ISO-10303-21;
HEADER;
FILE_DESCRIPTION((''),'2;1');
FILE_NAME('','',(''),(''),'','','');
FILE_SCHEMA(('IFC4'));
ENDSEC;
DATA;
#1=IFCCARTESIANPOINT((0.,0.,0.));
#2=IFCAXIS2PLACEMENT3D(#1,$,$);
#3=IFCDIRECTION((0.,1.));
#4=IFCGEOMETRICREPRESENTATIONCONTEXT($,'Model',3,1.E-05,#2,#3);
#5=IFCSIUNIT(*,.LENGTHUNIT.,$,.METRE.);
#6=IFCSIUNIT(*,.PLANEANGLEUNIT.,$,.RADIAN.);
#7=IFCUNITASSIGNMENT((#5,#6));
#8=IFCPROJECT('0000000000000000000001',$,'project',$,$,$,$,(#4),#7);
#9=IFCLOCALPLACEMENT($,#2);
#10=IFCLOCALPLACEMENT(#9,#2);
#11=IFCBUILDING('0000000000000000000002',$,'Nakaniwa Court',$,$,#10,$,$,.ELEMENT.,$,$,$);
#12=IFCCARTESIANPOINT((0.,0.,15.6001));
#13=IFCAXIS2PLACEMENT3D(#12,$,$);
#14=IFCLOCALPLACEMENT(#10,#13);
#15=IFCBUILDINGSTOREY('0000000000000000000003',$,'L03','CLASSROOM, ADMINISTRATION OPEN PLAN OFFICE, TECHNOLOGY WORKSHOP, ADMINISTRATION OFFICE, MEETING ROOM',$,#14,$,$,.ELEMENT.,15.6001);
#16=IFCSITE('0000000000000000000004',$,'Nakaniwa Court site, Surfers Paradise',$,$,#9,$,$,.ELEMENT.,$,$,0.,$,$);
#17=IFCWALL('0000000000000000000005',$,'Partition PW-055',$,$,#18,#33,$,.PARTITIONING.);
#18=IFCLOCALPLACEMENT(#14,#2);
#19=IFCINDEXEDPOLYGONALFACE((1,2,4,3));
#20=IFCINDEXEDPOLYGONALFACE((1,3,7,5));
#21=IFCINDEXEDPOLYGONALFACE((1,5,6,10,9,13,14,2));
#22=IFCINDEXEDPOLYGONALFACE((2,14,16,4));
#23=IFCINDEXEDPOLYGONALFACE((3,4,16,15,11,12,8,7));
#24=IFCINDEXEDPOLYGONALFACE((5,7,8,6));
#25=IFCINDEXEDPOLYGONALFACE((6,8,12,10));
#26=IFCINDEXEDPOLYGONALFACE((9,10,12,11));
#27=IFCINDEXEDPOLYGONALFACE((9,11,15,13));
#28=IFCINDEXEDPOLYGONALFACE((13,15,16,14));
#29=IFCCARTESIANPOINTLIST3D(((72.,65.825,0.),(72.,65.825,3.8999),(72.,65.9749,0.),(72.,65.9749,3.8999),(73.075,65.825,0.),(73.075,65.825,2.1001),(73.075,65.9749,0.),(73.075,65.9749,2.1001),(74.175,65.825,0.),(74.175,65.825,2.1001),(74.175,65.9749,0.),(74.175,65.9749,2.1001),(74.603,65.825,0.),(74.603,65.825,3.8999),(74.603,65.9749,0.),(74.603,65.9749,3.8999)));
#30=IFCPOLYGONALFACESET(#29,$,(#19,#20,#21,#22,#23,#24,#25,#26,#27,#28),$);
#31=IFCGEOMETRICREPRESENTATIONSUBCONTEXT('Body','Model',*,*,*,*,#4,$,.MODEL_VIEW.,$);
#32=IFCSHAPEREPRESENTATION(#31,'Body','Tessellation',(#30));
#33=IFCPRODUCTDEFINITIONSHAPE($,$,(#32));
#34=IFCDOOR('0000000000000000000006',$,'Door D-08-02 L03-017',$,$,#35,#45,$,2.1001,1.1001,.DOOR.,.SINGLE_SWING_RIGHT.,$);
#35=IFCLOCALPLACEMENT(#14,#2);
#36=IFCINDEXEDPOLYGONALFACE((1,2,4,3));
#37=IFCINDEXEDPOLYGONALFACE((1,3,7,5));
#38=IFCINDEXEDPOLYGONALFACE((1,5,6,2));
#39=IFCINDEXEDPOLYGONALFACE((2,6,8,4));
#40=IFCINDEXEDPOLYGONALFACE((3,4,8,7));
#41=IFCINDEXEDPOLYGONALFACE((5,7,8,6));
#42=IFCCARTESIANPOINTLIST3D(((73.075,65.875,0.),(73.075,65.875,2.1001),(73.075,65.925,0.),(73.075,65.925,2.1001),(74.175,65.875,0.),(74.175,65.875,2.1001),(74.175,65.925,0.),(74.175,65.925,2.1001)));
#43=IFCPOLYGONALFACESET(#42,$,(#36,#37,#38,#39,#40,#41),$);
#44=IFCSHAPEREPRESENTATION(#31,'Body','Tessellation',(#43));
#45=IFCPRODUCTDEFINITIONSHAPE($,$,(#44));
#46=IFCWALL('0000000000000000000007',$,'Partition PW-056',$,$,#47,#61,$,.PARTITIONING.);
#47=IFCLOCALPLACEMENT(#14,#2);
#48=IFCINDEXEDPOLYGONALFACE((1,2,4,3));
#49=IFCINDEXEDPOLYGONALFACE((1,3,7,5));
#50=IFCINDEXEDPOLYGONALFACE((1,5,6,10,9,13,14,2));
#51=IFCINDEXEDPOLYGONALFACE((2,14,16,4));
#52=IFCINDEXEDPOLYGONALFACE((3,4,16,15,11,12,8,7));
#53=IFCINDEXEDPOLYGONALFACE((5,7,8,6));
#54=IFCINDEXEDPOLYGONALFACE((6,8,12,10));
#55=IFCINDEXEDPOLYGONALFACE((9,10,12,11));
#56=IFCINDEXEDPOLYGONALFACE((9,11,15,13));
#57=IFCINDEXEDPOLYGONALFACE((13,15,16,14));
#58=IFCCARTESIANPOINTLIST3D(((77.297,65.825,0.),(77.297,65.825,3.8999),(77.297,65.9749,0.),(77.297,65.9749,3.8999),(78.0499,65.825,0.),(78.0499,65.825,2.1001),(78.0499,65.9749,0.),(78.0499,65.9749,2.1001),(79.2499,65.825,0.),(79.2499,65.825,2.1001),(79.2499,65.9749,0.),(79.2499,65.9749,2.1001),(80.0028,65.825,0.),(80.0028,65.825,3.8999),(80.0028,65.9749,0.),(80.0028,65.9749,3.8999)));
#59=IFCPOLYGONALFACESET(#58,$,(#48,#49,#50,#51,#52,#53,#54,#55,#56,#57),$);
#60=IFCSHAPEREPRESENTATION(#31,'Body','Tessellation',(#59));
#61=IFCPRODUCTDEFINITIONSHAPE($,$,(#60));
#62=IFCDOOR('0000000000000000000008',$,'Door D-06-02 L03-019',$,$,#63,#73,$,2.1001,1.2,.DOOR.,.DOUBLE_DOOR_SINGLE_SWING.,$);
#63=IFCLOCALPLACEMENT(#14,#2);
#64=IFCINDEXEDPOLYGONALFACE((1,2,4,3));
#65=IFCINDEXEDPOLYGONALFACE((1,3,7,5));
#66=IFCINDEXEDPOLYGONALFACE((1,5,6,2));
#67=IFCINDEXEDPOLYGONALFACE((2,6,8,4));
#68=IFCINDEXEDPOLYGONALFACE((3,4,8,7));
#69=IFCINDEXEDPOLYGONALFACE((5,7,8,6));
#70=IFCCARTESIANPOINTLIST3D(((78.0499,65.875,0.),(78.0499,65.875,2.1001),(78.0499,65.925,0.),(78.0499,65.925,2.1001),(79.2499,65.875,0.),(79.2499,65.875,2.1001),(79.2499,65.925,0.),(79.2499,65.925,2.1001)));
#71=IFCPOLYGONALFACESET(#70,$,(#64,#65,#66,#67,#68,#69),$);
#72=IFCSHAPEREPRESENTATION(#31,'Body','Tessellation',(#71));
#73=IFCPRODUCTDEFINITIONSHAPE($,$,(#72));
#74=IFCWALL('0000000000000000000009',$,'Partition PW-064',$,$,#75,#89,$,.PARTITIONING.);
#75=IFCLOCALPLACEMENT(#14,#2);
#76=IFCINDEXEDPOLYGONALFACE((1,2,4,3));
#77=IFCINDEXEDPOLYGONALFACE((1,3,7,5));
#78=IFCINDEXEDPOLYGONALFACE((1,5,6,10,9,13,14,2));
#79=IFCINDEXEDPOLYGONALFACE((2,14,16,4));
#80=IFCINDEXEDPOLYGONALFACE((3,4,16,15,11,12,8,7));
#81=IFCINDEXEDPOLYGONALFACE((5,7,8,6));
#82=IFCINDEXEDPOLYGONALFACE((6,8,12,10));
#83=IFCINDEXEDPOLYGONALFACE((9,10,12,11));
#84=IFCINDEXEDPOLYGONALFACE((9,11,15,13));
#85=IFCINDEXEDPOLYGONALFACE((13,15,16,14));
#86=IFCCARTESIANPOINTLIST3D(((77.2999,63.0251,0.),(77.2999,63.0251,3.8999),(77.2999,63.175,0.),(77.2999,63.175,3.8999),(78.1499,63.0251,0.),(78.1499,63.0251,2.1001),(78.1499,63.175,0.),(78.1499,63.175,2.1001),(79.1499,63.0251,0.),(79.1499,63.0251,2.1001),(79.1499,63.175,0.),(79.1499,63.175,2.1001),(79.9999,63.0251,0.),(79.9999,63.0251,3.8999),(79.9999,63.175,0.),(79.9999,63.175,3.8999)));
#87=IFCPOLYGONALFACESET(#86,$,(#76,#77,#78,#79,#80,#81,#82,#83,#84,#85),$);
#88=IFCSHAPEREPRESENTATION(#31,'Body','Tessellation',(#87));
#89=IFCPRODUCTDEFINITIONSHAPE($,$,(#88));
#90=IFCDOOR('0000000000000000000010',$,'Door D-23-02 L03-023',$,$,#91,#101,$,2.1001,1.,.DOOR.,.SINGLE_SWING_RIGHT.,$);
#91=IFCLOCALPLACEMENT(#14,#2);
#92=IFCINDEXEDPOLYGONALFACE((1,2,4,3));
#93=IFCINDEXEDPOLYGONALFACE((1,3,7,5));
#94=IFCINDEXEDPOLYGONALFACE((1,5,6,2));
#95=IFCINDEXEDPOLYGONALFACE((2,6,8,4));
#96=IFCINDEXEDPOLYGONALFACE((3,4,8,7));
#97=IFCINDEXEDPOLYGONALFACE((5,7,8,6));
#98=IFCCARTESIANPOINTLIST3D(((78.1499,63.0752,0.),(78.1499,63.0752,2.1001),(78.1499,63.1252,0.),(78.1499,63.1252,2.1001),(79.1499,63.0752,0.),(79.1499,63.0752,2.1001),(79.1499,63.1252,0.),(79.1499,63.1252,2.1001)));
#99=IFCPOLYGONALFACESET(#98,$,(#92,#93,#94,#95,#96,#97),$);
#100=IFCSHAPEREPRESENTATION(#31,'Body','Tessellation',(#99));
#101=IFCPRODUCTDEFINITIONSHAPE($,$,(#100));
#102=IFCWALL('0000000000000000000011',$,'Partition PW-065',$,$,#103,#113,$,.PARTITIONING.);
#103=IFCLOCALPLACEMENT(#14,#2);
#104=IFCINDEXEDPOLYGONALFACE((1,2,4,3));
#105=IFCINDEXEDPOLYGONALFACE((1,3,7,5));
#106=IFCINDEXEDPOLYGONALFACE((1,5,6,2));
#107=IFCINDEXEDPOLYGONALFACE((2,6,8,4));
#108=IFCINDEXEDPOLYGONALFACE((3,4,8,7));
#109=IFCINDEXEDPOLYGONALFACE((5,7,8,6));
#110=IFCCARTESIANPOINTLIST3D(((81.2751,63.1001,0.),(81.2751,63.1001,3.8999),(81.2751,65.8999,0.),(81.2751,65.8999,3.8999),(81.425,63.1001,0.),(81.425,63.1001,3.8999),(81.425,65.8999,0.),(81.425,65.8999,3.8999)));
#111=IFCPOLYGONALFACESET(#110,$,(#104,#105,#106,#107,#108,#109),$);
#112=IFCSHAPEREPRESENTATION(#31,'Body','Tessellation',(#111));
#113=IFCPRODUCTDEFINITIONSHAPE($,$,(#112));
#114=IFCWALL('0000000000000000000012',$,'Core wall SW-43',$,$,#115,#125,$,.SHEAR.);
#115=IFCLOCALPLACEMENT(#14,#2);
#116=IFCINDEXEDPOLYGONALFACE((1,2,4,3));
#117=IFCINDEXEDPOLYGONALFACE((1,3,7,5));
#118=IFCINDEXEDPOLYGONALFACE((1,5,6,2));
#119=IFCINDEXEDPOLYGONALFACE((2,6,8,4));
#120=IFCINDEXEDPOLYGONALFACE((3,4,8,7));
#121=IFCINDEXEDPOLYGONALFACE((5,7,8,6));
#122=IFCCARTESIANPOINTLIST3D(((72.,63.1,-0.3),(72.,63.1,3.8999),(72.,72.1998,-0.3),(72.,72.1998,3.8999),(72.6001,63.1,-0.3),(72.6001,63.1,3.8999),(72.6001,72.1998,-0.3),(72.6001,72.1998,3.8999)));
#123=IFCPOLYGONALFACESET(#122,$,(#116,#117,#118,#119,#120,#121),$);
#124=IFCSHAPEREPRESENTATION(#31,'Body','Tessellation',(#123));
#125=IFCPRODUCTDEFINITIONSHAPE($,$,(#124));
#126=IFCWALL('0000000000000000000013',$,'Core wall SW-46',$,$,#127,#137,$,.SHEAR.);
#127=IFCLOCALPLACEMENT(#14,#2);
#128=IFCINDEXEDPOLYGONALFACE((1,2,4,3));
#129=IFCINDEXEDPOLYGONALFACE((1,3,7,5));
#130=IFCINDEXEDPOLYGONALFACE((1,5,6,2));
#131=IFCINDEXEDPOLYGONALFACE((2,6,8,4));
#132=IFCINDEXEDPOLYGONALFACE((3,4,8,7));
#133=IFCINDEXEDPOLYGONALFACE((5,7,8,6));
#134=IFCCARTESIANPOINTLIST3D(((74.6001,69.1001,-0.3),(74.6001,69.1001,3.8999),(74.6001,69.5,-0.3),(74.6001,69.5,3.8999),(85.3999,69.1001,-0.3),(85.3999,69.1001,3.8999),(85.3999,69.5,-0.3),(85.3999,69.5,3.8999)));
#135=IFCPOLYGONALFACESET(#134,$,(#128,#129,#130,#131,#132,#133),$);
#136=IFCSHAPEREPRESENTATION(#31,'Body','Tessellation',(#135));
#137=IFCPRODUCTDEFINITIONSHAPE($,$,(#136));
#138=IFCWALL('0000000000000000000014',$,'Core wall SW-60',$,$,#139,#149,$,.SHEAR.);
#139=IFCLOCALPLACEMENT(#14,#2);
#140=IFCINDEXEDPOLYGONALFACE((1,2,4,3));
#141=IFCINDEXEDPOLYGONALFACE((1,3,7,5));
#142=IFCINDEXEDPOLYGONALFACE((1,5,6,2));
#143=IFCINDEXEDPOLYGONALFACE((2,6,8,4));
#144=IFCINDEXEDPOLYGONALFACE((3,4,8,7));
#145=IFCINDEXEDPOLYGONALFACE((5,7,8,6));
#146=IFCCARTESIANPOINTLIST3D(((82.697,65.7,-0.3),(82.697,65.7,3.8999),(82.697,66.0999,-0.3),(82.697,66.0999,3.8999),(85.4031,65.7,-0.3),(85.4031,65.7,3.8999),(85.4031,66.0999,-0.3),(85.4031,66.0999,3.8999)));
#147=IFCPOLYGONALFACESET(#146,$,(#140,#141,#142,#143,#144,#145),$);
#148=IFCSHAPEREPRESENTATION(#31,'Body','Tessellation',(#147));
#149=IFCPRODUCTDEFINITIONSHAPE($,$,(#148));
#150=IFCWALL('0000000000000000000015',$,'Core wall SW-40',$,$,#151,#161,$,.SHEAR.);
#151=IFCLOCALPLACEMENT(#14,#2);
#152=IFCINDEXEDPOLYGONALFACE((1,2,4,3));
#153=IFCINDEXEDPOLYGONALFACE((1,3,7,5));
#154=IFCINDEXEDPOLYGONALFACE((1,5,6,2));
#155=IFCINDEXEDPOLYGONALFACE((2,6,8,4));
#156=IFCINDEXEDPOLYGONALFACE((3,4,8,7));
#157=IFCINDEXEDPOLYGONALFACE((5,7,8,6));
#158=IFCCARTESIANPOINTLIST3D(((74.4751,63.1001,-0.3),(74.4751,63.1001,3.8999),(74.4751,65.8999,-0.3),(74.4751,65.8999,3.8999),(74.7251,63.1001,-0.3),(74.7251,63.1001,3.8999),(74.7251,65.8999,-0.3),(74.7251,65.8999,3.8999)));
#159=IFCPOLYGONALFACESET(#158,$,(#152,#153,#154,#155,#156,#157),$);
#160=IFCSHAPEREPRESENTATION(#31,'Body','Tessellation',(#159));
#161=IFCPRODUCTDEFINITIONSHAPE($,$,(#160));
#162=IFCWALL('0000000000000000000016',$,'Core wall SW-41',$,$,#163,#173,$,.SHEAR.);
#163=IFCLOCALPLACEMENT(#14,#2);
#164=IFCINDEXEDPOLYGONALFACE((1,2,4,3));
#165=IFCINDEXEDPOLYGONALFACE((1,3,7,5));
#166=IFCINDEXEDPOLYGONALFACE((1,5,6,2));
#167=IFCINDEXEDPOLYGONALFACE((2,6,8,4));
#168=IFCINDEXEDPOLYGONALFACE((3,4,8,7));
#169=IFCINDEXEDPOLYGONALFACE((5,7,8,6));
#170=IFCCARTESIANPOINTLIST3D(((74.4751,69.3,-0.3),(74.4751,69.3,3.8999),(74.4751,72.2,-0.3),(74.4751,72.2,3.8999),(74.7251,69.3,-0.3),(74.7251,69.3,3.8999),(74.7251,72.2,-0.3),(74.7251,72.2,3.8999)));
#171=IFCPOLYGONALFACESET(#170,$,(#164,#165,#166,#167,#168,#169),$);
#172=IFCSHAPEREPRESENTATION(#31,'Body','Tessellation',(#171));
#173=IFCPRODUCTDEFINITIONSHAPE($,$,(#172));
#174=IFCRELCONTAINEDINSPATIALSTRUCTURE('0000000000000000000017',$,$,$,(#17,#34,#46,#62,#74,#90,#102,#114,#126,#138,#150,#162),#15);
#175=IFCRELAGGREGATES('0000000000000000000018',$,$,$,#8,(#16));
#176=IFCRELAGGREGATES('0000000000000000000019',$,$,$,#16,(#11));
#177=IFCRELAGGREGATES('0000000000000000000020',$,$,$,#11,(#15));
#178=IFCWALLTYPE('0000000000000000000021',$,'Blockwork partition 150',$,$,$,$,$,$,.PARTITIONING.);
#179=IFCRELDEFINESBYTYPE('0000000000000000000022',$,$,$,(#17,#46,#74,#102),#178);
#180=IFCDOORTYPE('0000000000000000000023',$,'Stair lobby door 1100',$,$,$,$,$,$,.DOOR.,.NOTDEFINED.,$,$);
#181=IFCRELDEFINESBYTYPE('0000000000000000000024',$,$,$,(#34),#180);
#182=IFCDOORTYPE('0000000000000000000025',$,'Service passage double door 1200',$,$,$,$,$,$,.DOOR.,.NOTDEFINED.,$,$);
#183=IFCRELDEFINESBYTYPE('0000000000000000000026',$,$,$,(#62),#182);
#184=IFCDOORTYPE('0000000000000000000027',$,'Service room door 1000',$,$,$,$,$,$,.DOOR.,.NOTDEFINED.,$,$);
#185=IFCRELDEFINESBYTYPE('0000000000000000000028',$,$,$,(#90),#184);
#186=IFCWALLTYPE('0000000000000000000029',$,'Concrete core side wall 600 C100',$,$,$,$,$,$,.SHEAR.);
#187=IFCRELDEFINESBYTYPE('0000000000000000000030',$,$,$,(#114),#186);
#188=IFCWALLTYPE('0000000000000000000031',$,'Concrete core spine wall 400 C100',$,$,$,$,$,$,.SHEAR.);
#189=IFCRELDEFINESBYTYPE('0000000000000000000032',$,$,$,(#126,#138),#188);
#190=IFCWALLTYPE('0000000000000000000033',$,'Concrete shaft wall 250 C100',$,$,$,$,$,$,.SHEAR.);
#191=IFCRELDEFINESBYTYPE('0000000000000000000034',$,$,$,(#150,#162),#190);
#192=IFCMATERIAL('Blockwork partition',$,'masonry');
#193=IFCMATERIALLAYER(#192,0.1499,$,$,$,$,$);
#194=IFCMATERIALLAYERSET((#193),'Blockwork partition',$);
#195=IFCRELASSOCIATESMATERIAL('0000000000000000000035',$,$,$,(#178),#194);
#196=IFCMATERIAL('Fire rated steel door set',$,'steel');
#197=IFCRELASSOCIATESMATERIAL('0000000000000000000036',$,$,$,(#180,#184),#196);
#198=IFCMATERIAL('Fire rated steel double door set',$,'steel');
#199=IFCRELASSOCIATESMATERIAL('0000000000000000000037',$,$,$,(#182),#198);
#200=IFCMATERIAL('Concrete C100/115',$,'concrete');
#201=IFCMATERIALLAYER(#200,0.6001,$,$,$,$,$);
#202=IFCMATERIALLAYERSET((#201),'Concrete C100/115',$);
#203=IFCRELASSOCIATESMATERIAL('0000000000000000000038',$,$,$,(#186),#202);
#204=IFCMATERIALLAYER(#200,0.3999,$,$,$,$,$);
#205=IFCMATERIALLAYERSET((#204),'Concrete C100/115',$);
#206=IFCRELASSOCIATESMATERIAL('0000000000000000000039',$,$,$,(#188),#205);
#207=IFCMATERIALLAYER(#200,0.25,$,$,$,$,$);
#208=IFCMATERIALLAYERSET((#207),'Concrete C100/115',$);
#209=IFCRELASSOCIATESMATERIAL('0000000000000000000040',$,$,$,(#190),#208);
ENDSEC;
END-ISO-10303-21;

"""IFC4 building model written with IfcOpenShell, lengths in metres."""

from ifc_helpers import new_model, si_unit, direction, frame, frame_2d, origin, place, context, subcontext, project, spatial, rectangle, extrude, material, layer, layer_set, type_object, element, fill, save


model = new_model("IFC4")

# Units and contexts
model_context = context("Model", 3, precision=1e-05, world=origin(), true_north=direction((0.0, 1.0)))
body_context = subcontext(model_context, "Body", "Model", "MODEL_VIEW")
ifc_project = project(units=[si_unit("LENGTHUNIT", "METRE"), si_unit("PLANEANGLEUNIT", "RADIAN")], contexts=[model_context])

# Site, building, storey
site_placement = place(None, origin())
site = spatial("IfcSite", under=ifc_project, at=site_placement, Name="Nakaniwa Court site, Surfers Paradise", CompositionType="ELEMENT", RefElevation=0.0)
building_placement = place(site_placement, origin())
building = spatial("IfcBuilding", under=site, at=building_placement, Name="Nakaniwa Court", CompositionType="ELEMENT")
storey_placement = place(building_placement, frame((0.0, 0.0, 15.6001)))
storey = spatial("IfcBuildingStorey", under=building, at=storey_placement, Name="L03", Description="CLASSROOM, ADMINISTRATION OPEN PLAN OFFICE, TECHNOLOGY WORKSHOP, ADMINISTRATION OFFICE, MEETING ROOM", CompositionType="ELEMENT", Elevation=15.6001)

# Walls, openings, doors
ifc_material_1 = material(Name="Blockwork partition", Category="masonry")
ifc_layer_1 = layer(ifc_material_1, 0.1499)
ifc_layer_set_1 = layer_set([ifc_layer_1], Name="Blockwork partition")
wall_type_1 = type_object("IfcWallType", Name="Blockwork partition 150", PredefinedType="PARTITIONING", material=ifc_layer_set_1)
wall_1_placement = place(storey_placement, frame((74.603, 65.8999, 0.0), z_axis=(0.0, 0.0, 1.0), x_axis=(-1.0, 0.0, 0.0)))
wall_1 = element("IfcWall", 1, at=wall_1_placement, inside=storey, type_object=wall_type_1, Name="Partition PW-055", PredefinedType="PARTITIONING", context=body_context, shape_type="SweptSolid", body=[
    extrude(rectangle(XDim=2.603, YDim=0.1499, at=frame_2d((1.3015, 0.0))), origin(), (0.0, 0.0, 1.0), 3.8999),
])
opening_1_placement = place(wall_1_placement, frame((0.428, 0.0, 0.0)))
opening_1 = element("IfcOpeningElement", 2, at=opening_1_placement, cuts=wall_1, PredefinedType="OPENING", context=body_context, shape_type="SweptSolid", body=[
    extrude(rectangle(XDim=1.1001, YDim=2.1001, at=frame_2d((0.55, 1.05))), frame((0.0, 0.085, 0.0), z_axis=(0.0, -1.0, 0.0), x_axis=(1.0, 0.0, 0.0)), (0.0, 0.0, 1.0), 0.1699),
])
ifc_material_2 = material(Name="Fire rated steel door set", Category="steel")
door_type_1 = type_object("IfcDoorType", Name="Stair lobby door 1100", OperationType="NOTDEFINED", PredefinedType="DOOR", material=ifc_material_2)
door_1_placement = place(opening_1_placement, origin())
door_1 = element("IfcDoor", 3, at=door_1_placement, inside=storey, type_object=door_type_1, Name="Door D-08-02 L03-017", OperationType="SINGLE_SWING_RIGHT", OverallHeight=2.1001, OverallWidth=1.1001, PredefinedType="DOOR", context=body_context, shape_type="SweptSolid", body=[
    extrude(rectangle(XDim=1.1001, YDim=2.1001, at=frame_2d((0.55, 1.05))), frame((0.0, 0.0249, 0.0), z_axis=(0.0, -1.0, 0.0), x_axis=(1.0, 0.0, 0.0)), (0.0, 0.0, 1.0), 0.05),
])
fill(opening_1, door_1)
wall_2_placement = place(storey_placement, frame((80.0029, 65.8999, 0.0), z_axis=(0.0, 0.0, 1.0), x_axis=(-1.0, 0.0, 0.0)))
wall_2 = element("IfcWall", 4, at=wall_2_placement, inside=storey, type_object=wall_type_1, Name="Partition PW-056", PredefinedType="PARTITIONING", context=body_context, shape_type="SweptSolid", body=[
    extrude(rectangle(XDim=2.7058, YDim=0.1499, at=frame_2d((1.353, 0.0))), origin(), (0.0, 0.0, 1.0), 3.8999),
])
opening_2_placement = place(wall_2_placement, frame((0.7529, 0.0, 0.0)))
opening_2 = element("IfcOpeningElement", 5, at=opening_2_placement, cuts=wall_2, PredefinedType="OPENING", context=body_context, shape_type="SweptSolid", body=[
    extrude(rectangle(XDim=1.2, YDim=2.1001, at=frame_2d((0.6001, 1.05))), frame((0.0, 0.085, 0.0), z_axis=(0.0, -1.0, 0.0), x_axis=(1.0, 0.0, 0.0)), (0.0, 0.0, 1.0), 0.1699),
])
ifc_material_3 = material(Name="Fire rated steel double door set", Category="steel")
door_type_2 = type_object("IfcDoorType", Name="Service passage double door 1200", OperationType="NOTDEFINED", PredefinedType="DOOR", material=ifc_material_3)
door_2_placement = place(opening_2_placement, origin())
door_2 = element("IfcDoor", 6, at=door_2_placement, inside=storey, type_object=door_type_2, Name="Door D-06-02 L03-019", OperationType="DOUBLE_DOOR_SINGLE_SWING", OverallHeight=2.1001, OverallWidth=1.2, PredefinedType="DOOR", context=body_context, shape_type="SweptSolid", body=[
    extrude(rectangle(XDim=1.2, YDim=2.1001, at=frame_2d((0.6001, 1.05))), frame((0.0, 0.0249, 0.0), z_axis=(0.0, -1.0, 0.0), x_axis=(1.0, 0.0, 0.0)), (0.0, 0.0, 1.0), 0.05),
])
fill(opening_2, door_2)
wall_3_placement = place(storey_placement, frame((80.0, 63.1001, 0.0), z_axis=(0.0, 0.0, 1.0), x_axis=(-1.0, 0.0, 0.0)))
wall_3 = element("IfcWall", 7, at=wall_3_placement, inside=storey, type_object=wall_type_1, Name="Partition PW-064", PredefinedType="PARTITIONING", context=body_context, shape_type="SweptSolid", body=[
    extrude(rectangle(XDim=2.7, YDim=0.1499, at=frame_2d((1.3501, 0.0))), origin(), (0.0, 0.0, 1.0), 3.8999),
])
opening_3_placement = place(wall_3_placement, frame((0.8501, 0.0, 0.0)))
opening_3 = element("IfcOpeningElement", 8, at=opening_3_placement, cuts=wall_3, PredefinedType="OPENING", context=body_context, shape_type="SweptSolid", body=[
    extrude(rectangle(XDim=1.0, YDim=2.1001, at=frame_2d((0.5, 1.05))), frame((0.0, 0.085, 0.0), z_axis=(0.0, -1.0, 0.0), x_axis=(1.0, 0.0, 0.0)), (0.0, 0.0, 1.0), 0.1699),
])
door_type_3 = type_object("IfcDoorType", Name="Service room door 1000", OperationType="NOTDEFINED", PredefinedType="DOOR", material=ifc_material_2)
door_3_placement = place(opening_3_placement, origin())
door_3 = element("IfcDoor", 9, at=door_3_placement, inside=storey, type_object=door_type_3, Name="Door D-23-02 L03-023", OperationType="SINGLE_SWING_RIGHT", OverallHeight=2.1001, OverallWidth=1.0, PredefinedType="DOOR", context=body_context, shape_type="SweptSolid", body=[
    extrude(rectangle(XDim=1.0, YDim=2.1001, at=frame_2d((0.5, 1.05))), frame((0.0, 0.0249, 0.0), z_axis=(0.0, -1.0, 0.0), x_axis=(1.0, 0.0, 0.0)), (0.0, 0.0, 1.0), 0.05),
])
fill(opening_3, door_3)

# Walls
wall_4_placement = place(storey_placement, frame((81.3501, 63.1001, 0.0), z_axis=(0.0, 0.0, 1.0), x_axis=(0.0, 1.0, 0.0)))
element("IfcWall", 10, at=wall_4_placement, inside=storey, type_object=wall_type_1, Name="Partition PW-065", PredefinedType="PARTITIONING", context=body_context, shape_type="SweptSolid", body=[
    extrude(rectangle(XDim=2.7998, YDim=0.1499, at=frame_2d((1.3999, 0.0))), origin(), (0.0, 0.0, 1.0), 3.8999),
])
ifc_material_4 = material(Name="Concrete C100/115", Category="concrete")
ifc_layer_2 = layer(ifc_material_4, 0.6001)
ifc_layer_set_2 = layer_set([ifc_layer_2], Name="Concrete C100/115")
wall_type_2 = type_object("IfcWallType", Name="Concrete core side wall 600 C100", PredefinedType="SHEAR", material=ifc_layer_set_2)
wall_5_placement = place(storey_placement, frame((72.3, 63.1001, -0.3), z_axis=(0.0, 0.0, 1.0), x_axis=(0.0, 1.0, 0.0)))
element("IfcWall", 11, at=wall_5_placement, inside=storey, type_object=wall_type_2, Name="Core wall SW-43", PredefinedType="SHEAR", context=body_context, shape_type="SweptSolid", body=[
    extrude(rectangle(XDim=9.0999, YDim=0.6001, at=frame_2d((4.5498, 0.0))), origin(), (0.0, 0.0, 1.0), 4.2),
])
ifc_layer_3 = layer(ifc_material_4, 0.3999)
ifc_layer_set_3 = layer_set([ifc_layer_3], Name="Concrete C100/115")
wall_type_3 = type_object("IfcWallType", Name="Concrete core spine wall 400 C100", PredefinedType="SHEAR", material=ifc_layer_set_3)
wall_6_placement = place(storey_placement, frame((74.6001, 69.3, -0.3), z_axis=(0.0, 0.0, 1.0), x_axis=(1.0, 0.0, 0.0)))
element("IfcWall", 12, at=wall_6_placement, inside=storey, type_object=wall_type_3, Name="Core wall SW-46", PredefinedType="SHEAR", context=body_context, shape_type="SweptSolid", body=[
    extrude(rectangle(XDim=10.7998, YDim=0.3999, at=frame_2d((5.3999, 0.0))), origin(), (0.0, 0.0, 1.0), 4.2),
])
wall_7_placement = place(storey_placement, frame((82.697, 65.8999, -0.3), z_axis=(0.0, 0.0, 1.0), x_axis=(1.0, 0.0, 0.0)))
element("IfcWall", 13, at=wall_7_placement, inside=storey, type_object=wall_type_3, Name="Core wall SW-60", PredefinedType="SHEAR", context=body_context, shape_type="SweptSolid", body=[
    extrude(rectangle(XDim=2.7061, YDim=0.3999, at=frame_2d((1.353, 0.0))), origin(), (0.0, 0.0, 1.0), 4.2),
])
ifc_layer_4 = layer(ifc_material_4, 0.25)
ifc_layer_set_4 = layer_set([ifc_layer_4], Name="Concrete C100/115")
wall_type_4 = type_object("IfcWallType", Name="Concrete shaft wall 250 C100", PredefinedType="SHEAR", material=ifc_layer_set_4)
wall_8_placement = place(storey_placement, frame((74.6001, 63.1001, -0.3), z_axis=(0.0, 0.0, 1.0), x_axis=(0.0, 1.0, 0.0)))
element("IfcWall", 14, at=wall_8_placement, inside=storey, type_object=wall_type_4, Name="Core wall SW-40", PredefinedType="SHEAR", context=body_context, shape_type="SweptSolid", body=[
    extrude(rectangle(XDim=2.7998, YDim=0.25, at=frame_2d((1.3999, 0.0))), origin(), (0.0, 0.0, 1.0), 4.2),
])
wall_9_placement = place(storey_placement, frame((74.6001, 69.3, -0.3), z_axis=(0.0, 0.0, 1.0), x_axis=(0.0, 1.0, 0.0)))
element("IfcWall", 15, at=wall_9_placement, inside=storey, type_object=wall_type_4, Name="Core wall SW-41", PredefinedType="SHEAR", context=body_context, shape_type="SweptSolid", body=[
    extrude(rectangle(XDim=2.8999, YDim=0.25, at=frame_2d((1.45, 0.0))), origin(), (0.0, 0.0, 1.0), 4.2),
])

save(model, "model.ifc")
